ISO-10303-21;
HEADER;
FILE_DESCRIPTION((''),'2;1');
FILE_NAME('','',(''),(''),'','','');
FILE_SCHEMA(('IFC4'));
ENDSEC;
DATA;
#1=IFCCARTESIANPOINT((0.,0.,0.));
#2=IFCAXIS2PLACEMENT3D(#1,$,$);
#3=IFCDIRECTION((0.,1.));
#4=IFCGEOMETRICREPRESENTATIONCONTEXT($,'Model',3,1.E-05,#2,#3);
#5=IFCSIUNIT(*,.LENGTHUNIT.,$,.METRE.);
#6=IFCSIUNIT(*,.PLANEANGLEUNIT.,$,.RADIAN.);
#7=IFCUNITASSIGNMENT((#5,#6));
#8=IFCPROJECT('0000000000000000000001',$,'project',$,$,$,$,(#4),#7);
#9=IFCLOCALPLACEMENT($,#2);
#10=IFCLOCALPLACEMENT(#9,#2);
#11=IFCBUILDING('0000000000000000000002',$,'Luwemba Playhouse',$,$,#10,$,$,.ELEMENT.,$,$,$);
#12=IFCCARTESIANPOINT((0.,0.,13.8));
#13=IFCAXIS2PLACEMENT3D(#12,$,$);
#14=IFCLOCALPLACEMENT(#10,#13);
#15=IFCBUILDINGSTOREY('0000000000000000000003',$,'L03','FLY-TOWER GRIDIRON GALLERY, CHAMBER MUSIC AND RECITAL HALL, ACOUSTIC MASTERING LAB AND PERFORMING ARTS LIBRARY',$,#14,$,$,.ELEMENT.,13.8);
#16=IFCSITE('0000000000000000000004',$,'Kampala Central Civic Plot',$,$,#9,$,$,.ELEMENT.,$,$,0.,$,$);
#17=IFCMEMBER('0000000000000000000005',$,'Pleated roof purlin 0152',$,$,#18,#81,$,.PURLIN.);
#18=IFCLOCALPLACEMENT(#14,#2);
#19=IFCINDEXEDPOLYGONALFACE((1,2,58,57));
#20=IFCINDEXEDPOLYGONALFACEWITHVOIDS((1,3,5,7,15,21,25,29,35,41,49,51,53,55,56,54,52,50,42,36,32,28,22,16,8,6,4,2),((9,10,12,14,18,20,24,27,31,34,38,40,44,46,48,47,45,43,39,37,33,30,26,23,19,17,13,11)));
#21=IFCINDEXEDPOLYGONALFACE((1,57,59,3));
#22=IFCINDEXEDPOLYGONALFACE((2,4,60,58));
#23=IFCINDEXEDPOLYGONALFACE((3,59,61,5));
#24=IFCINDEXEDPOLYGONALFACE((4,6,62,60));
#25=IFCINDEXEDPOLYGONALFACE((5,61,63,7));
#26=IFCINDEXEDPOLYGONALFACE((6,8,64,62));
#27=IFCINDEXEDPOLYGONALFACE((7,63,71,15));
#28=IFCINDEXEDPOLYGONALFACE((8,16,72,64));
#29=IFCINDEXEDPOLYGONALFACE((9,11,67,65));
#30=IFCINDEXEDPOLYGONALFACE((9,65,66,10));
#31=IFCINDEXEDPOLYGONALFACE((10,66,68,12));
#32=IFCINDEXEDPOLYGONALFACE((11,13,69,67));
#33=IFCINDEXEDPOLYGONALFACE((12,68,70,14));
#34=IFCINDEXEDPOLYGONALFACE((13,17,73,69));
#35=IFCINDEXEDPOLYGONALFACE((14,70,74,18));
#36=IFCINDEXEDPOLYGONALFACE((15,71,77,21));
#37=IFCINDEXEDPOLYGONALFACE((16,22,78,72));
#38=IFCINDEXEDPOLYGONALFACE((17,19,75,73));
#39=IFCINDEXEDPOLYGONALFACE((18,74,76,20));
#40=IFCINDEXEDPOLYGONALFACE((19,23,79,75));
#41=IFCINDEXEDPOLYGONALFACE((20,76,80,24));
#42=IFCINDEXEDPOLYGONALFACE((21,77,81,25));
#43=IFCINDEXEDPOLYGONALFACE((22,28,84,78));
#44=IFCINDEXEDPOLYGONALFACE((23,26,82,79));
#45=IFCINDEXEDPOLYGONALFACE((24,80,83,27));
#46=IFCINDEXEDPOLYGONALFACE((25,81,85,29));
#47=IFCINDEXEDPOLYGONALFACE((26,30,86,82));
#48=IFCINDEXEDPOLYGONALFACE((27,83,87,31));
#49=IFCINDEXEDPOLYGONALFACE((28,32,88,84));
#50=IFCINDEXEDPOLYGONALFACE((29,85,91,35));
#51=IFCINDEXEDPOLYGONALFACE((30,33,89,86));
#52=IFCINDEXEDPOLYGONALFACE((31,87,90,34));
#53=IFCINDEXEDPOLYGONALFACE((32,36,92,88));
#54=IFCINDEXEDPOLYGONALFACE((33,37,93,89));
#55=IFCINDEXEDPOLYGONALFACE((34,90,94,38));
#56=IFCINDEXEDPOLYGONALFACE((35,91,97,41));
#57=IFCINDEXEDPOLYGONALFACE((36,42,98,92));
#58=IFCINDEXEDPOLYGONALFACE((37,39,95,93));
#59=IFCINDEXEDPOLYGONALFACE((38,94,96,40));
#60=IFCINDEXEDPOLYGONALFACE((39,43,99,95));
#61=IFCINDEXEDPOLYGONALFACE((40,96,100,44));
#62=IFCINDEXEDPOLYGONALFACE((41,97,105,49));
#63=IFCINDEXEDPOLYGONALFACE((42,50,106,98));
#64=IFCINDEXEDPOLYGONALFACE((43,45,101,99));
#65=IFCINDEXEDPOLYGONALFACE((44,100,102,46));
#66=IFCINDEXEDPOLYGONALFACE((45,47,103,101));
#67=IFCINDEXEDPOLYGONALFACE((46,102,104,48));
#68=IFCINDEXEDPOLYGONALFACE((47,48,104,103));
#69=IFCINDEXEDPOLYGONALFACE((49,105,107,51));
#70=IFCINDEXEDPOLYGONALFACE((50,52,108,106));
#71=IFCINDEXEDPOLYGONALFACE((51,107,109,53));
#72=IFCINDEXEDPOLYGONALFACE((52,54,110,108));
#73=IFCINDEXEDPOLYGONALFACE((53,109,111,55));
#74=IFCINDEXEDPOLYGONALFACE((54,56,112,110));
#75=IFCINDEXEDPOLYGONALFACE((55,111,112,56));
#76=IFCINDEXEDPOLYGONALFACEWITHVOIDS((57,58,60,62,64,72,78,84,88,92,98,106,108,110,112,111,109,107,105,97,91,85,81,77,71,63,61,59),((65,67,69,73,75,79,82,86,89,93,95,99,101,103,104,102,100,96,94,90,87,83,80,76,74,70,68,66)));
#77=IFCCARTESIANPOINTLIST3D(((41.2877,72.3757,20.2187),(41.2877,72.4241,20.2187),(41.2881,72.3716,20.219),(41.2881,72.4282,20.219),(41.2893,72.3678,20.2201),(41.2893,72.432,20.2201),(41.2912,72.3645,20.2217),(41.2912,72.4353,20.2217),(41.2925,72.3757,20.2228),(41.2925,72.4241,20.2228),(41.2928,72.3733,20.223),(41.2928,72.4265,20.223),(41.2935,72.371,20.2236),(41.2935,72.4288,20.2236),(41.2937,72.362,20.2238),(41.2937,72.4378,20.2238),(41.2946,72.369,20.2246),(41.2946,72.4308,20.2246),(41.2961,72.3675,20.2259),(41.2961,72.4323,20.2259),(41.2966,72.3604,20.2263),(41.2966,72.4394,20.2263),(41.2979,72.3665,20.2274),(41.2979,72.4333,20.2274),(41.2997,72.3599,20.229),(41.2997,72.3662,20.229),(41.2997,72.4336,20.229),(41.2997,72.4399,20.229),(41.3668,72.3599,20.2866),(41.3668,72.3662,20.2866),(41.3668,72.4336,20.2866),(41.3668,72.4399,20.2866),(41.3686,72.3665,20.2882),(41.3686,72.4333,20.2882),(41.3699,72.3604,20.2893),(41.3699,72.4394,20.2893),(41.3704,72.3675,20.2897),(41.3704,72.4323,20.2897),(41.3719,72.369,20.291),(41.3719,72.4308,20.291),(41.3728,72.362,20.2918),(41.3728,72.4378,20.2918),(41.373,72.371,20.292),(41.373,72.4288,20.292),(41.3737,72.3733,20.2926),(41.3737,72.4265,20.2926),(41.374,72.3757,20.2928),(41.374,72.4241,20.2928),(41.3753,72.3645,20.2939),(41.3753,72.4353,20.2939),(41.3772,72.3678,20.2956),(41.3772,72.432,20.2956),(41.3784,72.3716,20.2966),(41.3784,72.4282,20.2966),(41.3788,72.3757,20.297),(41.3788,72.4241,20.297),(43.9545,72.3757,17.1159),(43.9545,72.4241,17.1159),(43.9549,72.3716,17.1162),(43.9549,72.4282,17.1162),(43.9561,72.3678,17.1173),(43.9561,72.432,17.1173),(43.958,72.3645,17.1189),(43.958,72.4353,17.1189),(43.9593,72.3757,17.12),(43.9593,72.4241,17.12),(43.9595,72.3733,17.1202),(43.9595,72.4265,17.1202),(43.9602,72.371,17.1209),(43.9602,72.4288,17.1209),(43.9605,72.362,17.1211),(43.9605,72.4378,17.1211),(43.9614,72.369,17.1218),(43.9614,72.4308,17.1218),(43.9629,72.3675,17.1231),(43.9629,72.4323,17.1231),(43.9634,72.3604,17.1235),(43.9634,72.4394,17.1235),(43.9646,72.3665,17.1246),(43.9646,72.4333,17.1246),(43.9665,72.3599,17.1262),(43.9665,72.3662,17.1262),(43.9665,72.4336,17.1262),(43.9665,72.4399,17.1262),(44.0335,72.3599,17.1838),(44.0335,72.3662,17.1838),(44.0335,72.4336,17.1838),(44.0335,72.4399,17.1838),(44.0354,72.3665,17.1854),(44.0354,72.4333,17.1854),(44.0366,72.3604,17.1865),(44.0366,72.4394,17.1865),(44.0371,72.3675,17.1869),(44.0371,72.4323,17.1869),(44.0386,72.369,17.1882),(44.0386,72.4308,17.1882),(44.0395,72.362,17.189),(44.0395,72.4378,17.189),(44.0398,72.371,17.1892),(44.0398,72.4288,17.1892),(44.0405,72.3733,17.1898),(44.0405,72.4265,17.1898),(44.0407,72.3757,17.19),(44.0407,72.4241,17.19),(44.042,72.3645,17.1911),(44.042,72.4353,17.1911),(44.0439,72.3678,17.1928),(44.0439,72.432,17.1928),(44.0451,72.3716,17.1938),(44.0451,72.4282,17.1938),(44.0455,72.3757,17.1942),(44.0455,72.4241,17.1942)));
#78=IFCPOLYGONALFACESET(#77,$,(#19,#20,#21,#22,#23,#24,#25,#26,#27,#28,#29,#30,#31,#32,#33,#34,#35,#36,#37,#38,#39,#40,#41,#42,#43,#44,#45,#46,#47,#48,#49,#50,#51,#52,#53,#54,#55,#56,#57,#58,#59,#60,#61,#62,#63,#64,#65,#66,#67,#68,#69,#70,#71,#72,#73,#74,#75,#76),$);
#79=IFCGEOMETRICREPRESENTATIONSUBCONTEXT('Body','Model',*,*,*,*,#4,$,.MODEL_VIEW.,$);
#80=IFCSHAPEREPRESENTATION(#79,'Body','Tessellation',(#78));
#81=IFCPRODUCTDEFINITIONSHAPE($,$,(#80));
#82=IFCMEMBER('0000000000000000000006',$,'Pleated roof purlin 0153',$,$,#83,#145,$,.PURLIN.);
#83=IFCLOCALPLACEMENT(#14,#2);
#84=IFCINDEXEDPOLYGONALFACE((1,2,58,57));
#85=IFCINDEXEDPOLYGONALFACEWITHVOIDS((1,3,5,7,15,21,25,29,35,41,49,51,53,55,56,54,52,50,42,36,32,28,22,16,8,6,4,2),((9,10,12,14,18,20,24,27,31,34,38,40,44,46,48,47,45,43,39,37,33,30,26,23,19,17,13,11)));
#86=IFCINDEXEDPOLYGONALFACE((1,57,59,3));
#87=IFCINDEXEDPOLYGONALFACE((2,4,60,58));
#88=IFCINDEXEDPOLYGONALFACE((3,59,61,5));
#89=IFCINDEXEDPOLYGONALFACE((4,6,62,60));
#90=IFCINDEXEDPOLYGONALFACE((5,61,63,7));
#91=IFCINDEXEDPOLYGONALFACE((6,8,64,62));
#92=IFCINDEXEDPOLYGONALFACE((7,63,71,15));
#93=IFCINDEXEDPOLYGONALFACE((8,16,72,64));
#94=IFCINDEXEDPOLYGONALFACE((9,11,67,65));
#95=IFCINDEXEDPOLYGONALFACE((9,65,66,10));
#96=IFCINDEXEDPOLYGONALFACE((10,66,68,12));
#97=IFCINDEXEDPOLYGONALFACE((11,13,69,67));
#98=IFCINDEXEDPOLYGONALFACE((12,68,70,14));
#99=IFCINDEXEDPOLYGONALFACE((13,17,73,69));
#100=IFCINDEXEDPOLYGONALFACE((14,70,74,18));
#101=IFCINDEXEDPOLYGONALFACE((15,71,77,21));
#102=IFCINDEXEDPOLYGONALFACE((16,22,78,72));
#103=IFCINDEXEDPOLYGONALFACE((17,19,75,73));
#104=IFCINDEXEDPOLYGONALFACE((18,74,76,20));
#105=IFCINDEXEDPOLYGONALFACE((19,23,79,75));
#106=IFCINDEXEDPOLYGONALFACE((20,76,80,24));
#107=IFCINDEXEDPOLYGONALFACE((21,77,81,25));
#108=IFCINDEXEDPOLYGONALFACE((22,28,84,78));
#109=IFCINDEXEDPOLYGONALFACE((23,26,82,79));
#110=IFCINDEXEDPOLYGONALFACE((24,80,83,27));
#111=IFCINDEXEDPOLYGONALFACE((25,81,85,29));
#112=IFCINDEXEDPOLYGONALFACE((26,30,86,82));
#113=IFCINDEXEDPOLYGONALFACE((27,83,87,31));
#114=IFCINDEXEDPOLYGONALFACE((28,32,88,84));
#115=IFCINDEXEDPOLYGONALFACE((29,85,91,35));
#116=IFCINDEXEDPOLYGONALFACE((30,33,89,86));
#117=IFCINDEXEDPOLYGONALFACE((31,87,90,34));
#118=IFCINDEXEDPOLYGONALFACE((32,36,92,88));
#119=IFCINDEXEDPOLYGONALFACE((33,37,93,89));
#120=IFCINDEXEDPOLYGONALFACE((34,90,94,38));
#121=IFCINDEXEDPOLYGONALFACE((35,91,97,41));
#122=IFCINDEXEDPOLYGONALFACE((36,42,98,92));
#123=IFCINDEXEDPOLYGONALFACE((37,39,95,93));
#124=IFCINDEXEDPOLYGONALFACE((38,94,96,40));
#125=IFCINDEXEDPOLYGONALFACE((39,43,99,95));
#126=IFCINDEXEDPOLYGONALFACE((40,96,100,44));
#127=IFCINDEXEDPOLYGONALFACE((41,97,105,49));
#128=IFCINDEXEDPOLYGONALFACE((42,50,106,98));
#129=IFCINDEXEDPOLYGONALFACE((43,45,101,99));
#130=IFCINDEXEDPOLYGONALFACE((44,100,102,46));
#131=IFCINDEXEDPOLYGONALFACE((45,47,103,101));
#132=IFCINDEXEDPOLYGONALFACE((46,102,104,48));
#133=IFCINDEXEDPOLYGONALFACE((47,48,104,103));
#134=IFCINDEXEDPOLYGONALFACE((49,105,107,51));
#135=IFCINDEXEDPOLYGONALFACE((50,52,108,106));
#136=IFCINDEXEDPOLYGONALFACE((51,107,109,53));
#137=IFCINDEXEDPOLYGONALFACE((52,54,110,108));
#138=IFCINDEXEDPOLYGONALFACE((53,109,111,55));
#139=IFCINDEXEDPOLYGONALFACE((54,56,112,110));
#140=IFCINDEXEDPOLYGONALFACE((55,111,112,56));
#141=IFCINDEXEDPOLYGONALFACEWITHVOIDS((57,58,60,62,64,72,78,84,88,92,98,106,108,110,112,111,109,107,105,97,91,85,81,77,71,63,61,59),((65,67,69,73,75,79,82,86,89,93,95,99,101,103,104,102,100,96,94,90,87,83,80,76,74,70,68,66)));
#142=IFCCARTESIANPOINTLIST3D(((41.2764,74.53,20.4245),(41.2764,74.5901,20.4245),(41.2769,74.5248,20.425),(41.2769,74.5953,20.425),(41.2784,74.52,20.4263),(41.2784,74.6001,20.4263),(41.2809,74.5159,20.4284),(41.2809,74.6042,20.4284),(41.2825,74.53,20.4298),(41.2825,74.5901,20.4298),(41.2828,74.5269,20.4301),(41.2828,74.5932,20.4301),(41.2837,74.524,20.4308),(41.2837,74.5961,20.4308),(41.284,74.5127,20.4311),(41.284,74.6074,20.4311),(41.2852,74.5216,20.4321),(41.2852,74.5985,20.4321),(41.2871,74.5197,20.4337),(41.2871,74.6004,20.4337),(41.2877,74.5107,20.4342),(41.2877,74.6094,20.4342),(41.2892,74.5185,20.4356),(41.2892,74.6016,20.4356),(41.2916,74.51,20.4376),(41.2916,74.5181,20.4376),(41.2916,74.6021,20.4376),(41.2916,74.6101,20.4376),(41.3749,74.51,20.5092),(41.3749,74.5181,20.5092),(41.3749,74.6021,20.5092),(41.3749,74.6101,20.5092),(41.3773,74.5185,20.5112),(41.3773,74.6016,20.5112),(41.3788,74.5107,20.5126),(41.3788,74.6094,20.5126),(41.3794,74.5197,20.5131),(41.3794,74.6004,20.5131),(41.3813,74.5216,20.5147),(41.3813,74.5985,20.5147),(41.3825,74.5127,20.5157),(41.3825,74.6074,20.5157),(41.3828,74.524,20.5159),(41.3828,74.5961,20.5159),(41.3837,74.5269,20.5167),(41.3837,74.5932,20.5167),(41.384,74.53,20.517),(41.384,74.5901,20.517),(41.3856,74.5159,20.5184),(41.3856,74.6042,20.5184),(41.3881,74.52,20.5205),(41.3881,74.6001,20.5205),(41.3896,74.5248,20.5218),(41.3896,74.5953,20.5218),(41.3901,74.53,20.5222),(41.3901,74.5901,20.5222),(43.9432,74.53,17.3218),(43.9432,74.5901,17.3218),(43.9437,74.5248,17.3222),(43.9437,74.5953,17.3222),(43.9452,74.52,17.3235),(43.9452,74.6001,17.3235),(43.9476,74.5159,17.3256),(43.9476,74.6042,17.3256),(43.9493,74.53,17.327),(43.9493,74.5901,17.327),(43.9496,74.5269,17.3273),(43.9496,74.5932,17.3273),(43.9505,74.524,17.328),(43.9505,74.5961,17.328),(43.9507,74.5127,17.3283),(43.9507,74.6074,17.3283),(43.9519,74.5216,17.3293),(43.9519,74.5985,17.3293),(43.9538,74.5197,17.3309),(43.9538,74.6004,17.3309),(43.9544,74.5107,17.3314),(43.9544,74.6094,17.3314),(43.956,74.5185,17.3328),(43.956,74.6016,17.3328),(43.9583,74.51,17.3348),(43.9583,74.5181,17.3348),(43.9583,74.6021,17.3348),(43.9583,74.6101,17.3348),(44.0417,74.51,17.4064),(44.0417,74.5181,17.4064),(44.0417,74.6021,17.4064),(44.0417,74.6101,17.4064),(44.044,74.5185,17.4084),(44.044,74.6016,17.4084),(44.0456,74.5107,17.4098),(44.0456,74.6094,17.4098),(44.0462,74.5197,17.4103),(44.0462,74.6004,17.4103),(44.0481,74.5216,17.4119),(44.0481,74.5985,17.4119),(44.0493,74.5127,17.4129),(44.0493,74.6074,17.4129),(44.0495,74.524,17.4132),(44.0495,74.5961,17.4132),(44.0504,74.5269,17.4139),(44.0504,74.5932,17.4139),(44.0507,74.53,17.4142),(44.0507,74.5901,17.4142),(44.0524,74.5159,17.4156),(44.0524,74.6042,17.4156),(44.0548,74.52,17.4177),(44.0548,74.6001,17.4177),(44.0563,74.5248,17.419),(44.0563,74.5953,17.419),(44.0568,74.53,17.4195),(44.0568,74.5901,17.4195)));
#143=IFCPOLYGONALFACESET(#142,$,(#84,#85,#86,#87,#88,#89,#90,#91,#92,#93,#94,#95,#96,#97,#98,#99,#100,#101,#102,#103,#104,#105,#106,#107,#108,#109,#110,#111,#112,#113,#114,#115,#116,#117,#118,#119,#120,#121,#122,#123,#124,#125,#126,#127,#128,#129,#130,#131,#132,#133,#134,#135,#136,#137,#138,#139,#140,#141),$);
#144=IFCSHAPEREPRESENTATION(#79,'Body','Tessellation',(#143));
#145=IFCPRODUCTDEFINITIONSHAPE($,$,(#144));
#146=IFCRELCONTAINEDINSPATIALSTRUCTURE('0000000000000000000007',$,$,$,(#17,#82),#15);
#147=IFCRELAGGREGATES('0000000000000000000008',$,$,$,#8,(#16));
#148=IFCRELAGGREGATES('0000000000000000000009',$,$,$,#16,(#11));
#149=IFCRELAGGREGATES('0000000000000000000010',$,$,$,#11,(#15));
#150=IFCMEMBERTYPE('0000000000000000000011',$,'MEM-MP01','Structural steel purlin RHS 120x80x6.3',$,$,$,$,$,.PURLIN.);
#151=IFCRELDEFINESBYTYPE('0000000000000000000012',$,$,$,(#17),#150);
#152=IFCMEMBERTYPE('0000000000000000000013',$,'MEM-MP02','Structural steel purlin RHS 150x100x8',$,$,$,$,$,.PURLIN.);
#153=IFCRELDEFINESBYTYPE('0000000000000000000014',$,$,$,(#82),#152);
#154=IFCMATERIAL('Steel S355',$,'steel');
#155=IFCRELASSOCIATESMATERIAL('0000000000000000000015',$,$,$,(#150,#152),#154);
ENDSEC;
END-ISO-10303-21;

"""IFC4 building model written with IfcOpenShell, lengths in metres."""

from ifc_helpers import new_model, si_unit, direction, frame, origin, origin_2d, place, context, subcontext, project, spatial, hollow_rectangle, extrude, material, material_profile, profile_set, type_object, element, save


model = new_model("IFC4")

# Units and contexts
model_context = context("Model", 3, precision=1e-05, world=origin(), true_north=direction((0.0, 1.0)))
body_context = subcontext(model_context, "Body", "Model", "MODEL_VIEW")
ifc_project = project(units=[si_unit("LENGTHUNIT", "METRE"), si_unit("PLANEANGLEUNIT", "RADIAN")], contexts=[model_context])

# Site, building, storey
site_placement = place(None, origin())
site = spatial("IfcSite", under=ifc_project, at=site_placement, Name="Kampala Central Civic Plot", CompositionType="ELEMENT", RefElevation=0.0)
building_placement = place(site_placement, origin())
building = spatial("IfcBuilding", under=site, at=building_placement, Name="Luwemba Playhouse", CompositionType="ELEMENT")
storey_placement = place(building_placement, frame((0.0, 0.0, 13.8)))
storey = spatial("IfcBuildingStorey", under=building, at=storey_placement, Name="L03", Description="FLY-TOWER GRIDIRON GALLERY, CHAMBER MUSIC AND RECITAL HALL, ACOUSTIC MASTERING LAB AND PERFORMING ARTS LIBRARY", CompositionType="ELEMENT", Elevation=13.8)

# Shared definitions
ifc_material_1 = material(Name="Steel S355", Category="steel")

# Members
ifc_material_profile_1 = material_profile(ifc_material_1, hollow_rectangle(XDim=0.0801, YDim=0.1201, WallThickness=0.0063, InnerFilletRadius=0.0095, OuterFilletRadius=0.0159, at=origin_2d()))
ifc_profile_set_1 = profile_set([ifc_material_profile_1], Name="Steel S355")
member_type_1 = type_object("IfcMemberType", Name="MEM-MP01", Description="Structural steel purlin RHS 120x80x6.3", PredefinedType="PURLIN", material=ifc_profile_set_1)
member_1_placement = place(storey_placement, frame((41.3333, 72.3999, 20.2578), z_axis=(0.651808, 0.0, -0.758384), x_axis=(0.0, 1.0, 0.0)))
element("IfcMember", 1, at=member_1_placement, inside=storey, type_object=member_type_1, Name="Pleated roof purlin 0152", PredefinedType="PURLIN", context=body_context, shape_type="SweptSolid", body=[
    extrude(hollow_rectangle(XDim=0.0801, YDim=0.1201, WallThickness=0.0063, InnerFilletRadius=0.0095, OuterFilletRadius=0.0159, at=origin_2d()), origin(), (0.0, 0.0, 1.0), 4.0913),
])
ifc_material_profile_2 = material_profile(ifc_material_1, hollow_rectangle(XDim=0.1001, YDim=0.1499, WallThickness=0.0081, InnerFilletRadius=0.012, OuterFilletRadius=0.02, at=origin_2d()))
ifc_profile_set_2 = profile_set([ifc_material_profile_2], Name="Steel S355")
member_type_2 = type_object("IfcMemberType", Name="MEM-MP02", Description="Structural steel purlin RHS 150x100x8", PredefinedType="PURLIN", material=ifc_profile_set_2)
member_2_placement = place(storey_placement, frame((41.3333, 74.5601, 20.4734), z_axis=(0.651808, 0.0, -0.758384), x_axis=(0.0, 1.0, 0.0)))
element("IfcMember", 2, at=member_2_placement, inside=storey, type_object=member_type_2, Name="Pleated roof purlin 0153", PredefinedType="PURLIN", context=body_context, shape_type="SweptSolid", body=[
    extrude(hollow_rectangle(XDim=0.1001, YDim=0.1499, WallThickness=0.0081, InnerFilletRadius=0.012, OuterFilletRadius=0.02, at=origin_2d()), origin(), (0.0, 0.0, 1.0), 4.0913),
])

save(model, "model.ifc")
